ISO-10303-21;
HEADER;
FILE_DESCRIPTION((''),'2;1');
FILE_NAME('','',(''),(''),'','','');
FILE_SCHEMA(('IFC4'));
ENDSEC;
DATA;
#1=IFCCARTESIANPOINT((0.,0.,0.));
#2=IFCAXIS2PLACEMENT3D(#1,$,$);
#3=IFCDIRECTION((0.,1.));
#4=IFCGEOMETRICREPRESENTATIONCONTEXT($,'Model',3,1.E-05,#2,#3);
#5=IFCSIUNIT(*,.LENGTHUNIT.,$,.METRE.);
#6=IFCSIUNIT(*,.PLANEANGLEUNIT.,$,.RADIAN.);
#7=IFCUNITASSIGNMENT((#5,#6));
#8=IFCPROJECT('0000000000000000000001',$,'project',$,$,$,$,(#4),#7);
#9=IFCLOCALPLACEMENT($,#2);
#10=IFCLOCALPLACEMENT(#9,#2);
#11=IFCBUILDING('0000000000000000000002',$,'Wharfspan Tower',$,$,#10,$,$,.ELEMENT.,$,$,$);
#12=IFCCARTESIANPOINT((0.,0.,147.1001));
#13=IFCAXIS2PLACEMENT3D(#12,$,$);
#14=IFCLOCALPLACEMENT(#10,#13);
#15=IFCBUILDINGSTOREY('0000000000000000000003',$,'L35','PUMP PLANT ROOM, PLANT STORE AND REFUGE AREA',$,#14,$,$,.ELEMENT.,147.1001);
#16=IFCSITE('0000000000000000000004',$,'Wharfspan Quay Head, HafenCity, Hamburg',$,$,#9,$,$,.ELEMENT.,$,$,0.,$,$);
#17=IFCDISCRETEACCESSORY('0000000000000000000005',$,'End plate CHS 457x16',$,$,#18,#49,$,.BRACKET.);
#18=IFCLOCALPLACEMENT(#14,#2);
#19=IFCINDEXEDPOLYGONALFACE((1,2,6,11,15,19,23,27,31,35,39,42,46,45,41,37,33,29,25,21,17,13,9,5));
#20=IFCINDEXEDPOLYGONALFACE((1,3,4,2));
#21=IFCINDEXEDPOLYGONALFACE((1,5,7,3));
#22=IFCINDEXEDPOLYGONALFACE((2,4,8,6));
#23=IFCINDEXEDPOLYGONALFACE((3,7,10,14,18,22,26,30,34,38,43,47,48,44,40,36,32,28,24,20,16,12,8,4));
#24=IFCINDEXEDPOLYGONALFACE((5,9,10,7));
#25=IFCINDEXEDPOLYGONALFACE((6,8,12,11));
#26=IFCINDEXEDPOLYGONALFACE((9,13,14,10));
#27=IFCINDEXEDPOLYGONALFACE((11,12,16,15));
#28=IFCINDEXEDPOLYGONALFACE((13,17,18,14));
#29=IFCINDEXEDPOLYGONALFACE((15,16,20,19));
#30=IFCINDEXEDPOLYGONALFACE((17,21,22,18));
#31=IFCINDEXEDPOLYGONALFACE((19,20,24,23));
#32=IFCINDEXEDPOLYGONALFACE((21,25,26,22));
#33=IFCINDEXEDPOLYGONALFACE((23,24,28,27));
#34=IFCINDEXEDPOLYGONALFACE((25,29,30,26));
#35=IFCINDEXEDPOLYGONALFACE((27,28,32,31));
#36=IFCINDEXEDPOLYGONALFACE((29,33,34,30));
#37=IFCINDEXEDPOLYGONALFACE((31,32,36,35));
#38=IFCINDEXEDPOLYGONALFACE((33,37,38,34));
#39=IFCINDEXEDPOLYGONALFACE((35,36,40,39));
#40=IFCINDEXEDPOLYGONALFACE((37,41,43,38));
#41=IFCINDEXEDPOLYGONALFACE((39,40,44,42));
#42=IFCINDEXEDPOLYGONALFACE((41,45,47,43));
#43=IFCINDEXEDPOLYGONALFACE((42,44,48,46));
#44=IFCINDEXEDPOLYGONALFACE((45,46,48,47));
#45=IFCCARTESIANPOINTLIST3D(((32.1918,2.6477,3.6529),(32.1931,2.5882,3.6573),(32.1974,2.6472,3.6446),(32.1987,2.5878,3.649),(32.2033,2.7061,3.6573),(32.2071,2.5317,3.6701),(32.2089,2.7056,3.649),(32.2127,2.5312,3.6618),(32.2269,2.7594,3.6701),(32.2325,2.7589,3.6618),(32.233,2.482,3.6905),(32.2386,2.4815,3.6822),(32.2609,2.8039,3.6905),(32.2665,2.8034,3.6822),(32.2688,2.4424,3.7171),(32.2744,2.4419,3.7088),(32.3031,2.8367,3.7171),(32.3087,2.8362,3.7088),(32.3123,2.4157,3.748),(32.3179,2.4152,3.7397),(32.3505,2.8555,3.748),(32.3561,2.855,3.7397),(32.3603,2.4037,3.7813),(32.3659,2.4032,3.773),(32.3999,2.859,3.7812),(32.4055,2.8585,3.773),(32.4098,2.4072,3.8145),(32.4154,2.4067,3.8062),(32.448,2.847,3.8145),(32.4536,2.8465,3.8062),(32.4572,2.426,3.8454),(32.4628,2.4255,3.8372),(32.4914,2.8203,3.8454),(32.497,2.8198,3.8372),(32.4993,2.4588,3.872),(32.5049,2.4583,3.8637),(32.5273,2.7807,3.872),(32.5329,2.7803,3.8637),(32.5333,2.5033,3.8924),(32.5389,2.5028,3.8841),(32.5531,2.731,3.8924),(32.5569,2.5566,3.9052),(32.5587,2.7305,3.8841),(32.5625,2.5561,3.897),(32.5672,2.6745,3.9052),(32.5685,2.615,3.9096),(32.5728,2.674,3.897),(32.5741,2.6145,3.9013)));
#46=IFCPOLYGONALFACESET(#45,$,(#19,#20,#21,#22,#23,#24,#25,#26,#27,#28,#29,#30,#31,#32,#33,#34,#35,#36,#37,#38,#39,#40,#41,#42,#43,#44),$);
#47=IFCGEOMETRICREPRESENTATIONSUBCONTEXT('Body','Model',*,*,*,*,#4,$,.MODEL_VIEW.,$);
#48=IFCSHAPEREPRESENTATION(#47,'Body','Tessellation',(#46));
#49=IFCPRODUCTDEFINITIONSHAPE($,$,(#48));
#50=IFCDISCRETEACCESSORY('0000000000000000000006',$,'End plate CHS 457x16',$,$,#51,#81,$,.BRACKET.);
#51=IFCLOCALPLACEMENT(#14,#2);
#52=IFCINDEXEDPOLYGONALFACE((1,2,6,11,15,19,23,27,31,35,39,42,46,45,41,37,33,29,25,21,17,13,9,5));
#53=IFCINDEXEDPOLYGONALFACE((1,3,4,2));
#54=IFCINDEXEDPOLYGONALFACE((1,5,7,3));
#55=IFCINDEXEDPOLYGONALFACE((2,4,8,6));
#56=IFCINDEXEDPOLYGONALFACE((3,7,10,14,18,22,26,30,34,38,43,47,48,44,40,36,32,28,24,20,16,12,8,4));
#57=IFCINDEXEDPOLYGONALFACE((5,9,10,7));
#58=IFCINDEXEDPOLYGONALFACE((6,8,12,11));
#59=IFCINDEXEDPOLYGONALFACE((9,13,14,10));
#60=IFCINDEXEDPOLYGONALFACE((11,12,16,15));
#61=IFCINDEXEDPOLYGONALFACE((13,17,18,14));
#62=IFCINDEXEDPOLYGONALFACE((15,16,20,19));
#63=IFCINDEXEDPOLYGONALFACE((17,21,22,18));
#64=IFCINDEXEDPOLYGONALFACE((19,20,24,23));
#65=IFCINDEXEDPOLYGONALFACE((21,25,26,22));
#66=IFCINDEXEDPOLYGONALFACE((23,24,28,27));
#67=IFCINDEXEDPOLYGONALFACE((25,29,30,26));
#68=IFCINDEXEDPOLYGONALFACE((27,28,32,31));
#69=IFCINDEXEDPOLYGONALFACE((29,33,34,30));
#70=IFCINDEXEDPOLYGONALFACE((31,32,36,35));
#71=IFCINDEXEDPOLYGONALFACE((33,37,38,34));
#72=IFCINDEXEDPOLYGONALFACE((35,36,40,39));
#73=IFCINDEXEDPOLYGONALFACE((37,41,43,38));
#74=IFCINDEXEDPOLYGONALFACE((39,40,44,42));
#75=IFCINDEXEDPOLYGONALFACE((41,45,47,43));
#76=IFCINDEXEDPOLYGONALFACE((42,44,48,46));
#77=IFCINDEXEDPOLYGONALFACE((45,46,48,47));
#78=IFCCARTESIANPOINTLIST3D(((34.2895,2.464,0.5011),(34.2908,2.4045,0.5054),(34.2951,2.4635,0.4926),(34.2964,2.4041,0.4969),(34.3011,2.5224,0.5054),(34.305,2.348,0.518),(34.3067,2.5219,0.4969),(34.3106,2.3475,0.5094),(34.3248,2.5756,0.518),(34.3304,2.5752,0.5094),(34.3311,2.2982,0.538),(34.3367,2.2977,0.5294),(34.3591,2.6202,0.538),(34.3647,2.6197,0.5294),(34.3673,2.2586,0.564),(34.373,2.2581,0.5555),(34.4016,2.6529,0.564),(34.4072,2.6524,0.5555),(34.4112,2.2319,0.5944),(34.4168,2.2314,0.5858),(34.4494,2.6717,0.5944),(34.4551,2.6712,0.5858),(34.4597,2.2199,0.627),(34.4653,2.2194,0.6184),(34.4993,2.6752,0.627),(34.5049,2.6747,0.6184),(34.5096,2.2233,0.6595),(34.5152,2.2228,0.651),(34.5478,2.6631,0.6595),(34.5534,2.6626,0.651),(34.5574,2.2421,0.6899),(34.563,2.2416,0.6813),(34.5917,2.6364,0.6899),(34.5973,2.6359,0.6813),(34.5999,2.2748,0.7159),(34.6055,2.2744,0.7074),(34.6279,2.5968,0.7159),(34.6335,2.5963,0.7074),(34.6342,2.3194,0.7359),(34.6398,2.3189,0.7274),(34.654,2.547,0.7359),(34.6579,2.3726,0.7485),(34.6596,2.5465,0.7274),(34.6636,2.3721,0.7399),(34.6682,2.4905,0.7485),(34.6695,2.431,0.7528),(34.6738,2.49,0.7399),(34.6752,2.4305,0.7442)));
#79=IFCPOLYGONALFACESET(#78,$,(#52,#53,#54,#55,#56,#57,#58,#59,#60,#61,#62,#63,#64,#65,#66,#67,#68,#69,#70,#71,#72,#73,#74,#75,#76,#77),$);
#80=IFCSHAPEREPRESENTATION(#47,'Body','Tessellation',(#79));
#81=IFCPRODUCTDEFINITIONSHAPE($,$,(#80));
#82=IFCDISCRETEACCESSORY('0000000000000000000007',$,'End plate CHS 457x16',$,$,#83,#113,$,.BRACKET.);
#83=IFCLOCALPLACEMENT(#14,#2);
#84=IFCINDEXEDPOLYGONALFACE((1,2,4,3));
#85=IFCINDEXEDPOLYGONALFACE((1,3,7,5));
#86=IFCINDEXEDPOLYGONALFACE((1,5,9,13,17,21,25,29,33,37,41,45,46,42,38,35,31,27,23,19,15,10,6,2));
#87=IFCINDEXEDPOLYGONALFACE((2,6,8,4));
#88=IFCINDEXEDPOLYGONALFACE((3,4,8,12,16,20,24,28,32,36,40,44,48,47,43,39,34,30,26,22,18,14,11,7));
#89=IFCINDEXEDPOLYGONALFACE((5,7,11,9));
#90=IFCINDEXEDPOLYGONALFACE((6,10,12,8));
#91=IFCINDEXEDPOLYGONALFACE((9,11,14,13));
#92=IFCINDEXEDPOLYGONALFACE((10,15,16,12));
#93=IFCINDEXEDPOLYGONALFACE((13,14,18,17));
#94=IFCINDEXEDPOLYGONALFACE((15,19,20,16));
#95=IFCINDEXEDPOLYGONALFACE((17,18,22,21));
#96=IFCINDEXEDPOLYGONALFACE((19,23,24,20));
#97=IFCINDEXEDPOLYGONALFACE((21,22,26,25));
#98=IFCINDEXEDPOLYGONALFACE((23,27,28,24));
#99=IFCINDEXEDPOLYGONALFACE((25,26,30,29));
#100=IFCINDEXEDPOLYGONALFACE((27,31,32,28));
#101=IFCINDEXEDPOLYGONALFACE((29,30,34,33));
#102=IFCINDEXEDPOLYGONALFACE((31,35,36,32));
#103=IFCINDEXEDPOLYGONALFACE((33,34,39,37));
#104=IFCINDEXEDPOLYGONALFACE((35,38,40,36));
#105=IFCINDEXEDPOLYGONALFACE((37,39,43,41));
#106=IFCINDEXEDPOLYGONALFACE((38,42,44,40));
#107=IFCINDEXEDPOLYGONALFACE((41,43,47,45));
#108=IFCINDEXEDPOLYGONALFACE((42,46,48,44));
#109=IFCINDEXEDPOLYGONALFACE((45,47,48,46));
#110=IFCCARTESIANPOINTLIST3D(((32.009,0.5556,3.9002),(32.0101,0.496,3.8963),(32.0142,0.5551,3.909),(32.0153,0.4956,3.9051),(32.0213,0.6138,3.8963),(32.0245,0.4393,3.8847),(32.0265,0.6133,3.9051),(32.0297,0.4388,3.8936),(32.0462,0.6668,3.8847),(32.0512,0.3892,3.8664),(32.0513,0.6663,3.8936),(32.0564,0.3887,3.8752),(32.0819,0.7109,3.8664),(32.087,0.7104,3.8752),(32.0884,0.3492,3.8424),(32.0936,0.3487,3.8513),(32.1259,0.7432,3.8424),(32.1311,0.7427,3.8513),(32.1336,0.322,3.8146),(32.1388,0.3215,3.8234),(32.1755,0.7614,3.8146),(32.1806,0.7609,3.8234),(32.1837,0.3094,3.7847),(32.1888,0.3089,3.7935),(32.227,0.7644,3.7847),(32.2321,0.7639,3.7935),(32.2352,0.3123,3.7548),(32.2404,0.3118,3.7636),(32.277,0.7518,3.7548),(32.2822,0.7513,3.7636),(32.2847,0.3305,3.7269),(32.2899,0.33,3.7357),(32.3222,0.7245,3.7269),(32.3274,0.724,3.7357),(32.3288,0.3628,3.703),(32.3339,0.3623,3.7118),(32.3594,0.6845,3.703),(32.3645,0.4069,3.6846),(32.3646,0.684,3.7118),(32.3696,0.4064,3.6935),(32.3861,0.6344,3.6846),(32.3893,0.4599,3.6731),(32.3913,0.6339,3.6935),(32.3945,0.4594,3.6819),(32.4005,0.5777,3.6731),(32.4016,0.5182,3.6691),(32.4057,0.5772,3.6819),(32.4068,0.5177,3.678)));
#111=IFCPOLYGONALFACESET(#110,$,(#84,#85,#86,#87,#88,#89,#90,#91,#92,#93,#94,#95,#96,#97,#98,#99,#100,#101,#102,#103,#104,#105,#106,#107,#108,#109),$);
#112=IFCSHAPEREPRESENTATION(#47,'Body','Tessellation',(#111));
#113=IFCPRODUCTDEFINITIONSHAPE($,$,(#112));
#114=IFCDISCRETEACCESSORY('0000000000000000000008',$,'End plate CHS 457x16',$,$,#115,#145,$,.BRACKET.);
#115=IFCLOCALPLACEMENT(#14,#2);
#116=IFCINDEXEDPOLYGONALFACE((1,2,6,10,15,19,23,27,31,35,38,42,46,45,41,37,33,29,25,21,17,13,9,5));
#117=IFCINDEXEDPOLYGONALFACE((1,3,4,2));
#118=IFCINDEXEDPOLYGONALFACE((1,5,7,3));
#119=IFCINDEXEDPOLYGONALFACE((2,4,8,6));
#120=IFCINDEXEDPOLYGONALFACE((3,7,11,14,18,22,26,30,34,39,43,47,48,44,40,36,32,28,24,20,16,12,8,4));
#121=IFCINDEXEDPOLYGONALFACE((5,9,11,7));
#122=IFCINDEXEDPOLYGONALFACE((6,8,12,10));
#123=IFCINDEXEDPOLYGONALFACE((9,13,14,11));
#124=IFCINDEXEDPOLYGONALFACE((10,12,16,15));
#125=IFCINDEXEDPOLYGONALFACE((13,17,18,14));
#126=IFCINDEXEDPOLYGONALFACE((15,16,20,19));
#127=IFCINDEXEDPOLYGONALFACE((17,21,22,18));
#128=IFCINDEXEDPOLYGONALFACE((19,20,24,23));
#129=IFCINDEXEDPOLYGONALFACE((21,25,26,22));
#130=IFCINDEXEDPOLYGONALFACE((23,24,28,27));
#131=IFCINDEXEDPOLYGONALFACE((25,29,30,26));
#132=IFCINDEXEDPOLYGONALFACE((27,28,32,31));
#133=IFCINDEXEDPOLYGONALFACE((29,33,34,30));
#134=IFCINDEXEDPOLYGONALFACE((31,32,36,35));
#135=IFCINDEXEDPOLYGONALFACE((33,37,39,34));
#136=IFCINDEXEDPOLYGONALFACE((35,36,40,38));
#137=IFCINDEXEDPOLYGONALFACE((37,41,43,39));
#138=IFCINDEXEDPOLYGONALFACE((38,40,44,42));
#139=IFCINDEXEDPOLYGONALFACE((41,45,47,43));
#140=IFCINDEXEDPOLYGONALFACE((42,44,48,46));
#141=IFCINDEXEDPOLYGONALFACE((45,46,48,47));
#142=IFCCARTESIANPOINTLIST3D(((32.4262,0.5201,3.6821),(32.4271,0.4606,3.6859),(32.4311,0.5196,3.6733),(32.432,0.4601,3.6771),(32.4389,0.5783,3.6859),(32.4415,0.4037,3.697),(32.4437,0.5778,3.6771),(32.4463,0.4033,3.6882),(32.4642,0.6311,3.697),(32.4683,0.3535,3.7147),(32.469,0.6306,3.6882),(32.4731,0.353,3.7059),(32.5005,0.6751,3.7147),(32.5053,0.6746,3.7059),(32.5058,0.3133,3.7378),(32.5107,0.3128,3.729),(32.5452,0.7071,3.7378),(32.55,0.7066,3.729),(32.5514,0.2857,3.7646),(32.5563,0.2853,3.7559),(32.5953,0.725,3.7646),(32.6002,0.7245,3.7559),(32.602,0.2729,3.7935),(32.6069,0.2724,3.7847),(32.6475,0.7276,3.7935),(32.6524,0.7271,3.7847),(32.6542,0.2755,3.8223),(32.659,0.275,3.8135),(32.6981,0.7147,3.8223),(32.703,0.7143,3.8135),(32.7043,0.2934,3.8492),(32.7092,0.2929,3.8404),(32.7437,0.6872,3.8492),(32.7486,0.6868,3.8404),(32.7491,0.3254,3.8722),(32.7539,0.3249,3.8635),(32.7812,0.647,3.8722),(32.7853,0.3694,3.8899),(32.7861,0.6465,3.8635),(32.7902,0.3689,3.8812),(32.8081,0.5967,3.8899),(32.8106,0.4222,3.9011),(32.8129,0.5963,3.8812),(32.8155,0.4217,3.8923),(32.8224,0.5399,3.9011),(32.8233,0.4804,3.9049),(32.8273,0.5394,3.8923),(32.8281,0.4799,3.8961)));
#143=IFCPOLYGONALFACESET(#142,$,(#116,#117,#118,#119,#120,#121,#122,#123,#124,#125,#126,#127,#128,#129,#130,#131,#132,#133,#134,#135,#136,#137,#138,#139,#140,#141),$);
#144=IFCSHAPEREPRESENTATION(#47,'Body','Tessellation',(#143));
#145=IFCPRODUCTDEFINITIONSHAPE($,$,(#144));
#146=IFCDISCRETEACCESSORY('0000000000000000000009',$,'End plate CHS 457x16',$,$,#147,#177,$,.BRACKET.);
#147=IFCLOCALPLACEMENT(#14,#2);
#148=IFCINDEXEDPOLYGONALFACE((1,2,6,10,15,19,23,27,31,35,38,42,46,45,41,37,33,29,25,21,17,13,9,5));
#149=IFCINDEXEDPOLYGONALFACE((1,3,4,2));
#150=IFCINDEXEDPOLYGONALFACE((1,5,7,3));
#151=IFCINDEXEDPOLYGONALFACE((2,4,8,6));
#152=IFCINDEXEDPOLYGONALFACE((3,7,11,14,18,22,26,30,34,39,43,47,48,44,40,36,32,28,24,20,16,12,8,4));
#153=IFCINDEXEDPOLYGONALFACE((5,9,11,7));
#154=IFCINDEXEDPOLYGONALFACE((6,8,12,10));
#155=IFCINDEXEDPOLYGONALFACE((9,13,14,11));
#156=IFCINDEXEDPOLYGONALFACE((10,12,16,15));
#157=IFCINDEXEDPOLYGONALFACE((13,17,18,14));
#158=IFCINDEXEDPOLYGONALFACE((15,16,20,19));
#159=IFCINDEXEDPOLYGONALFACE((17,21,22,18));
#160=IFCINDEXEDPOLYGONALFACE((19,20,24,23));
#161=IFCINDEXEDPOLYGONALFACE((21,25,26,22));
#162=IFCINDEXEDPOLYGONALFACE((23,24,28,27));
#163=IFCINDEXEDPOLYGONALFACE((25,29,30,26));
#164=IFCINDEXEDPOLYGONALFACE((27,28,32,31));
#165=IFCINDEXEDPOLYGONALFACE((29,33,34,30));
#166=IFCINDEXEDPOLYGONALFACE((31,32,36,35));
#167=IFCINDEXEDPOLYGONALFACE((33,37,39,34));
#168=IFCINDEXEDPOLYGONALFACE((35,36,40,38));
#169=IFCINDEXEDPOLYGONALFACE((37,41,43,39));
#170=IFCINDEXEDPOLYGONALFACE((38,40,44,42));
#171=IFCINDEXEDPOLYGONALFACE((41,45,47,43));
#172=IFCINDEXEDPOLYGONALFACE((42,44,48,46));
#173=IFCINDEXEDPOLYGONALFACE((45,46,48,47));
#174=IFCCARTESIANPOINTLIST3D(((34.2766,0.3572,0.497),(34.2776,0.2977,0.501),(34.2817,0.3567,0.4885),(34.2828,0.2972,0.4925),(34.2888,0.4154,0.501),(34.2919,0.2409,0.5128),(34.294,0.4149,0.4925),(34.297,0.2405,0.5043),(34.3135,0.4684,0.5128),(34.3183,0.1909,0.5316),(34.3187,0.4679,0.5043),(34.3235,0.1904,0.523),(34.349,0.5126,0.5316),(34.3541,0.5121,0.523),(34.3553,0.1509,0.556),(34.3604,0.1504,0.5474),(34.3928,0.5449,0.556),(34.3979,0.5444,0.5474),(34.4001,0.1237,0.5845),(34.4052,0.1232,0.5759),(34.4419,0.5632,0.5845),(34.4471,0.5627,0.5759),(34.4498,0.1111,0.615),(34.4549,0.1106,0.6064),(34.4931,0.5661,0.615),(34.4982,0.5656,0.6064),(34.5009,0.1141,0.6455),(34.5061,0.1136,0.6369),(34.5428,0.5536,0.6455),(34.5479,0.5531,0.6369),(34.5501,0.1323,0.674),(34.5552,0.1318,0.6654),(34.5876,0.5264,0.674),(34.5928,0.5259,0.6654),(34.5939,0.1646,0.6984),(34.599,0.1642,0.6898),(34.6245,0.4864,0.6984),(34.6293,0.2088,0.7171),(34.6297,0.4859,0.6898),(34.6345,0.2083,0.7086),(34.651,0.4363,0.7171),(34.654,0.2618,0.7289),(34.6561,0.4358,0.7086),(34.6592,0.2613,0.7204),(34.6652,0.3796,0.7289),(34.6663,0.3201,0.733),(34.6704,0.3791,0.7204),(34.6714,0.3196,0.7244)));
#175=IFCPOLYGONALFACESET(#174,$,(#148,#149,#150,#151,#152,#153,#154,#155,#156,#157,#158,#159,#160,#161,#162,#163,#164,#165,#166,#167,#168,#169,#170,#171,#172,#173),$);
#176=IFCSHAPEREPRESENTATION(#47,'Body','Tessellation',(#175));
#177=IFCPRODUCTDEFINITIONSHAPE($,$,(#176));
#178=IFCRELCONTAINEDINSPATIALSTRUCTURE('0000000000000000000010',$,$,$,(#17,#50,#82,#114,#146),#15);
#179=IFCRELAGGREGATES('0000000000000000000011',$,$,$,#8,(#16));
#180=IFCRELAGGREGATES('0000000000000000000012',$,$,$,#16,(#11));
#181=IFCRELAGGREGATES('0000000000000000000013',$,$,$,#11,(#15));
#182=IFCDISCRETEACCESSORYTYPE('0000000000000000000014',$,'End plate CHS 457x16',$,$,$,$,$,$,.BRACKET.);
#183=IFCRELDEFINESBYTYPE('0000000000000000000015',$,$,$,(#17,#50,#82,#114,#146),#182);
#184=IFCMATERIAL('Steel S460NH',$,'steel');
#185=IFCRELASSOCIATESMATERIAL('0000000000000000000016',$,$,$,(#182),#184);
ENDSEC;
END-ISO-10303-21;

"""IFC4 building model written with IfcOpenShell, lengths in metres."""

from ifc_helpers import new_model, si_unit, direction, frame, origin, origin_2d, place, context, subcontext, project, spatial, circle, extrude, material, material_profile, profile_set, type_object, element, save


model = new_model("IFC4")

# Units and contexts
model_context = context("Model", 3, precision=1e-05, world=origin(), true_north=direction((0.0, 1.0)))
body_context = subcontext(model_context, "Body", "Model", "MODEL_VIEW")
ifc_project = project(units=[si_unit("LENGTHUNIT", "METRE"), si_unit("PLANEANGLEUNIT", "RADIAN")], contexts=[model_context])

# Site, building, storey
site_placement = place(None, origin())
site = spatial("IfcSite", under=ifc_project, at=site_placement, Name="Wharfspan Quay Head, HafenCity, Hamburg", CompositionType="ELEMENT", RefElevation=0.0)
building_placement = place(site_placement, origin())
building = spatial("IfcBuilding", under=site, at=building_placement, Name="Wharfspan Tower", CompositionType="ELEMENT")
storey_placement = place(building_placement, frame((0.0, 0.0, 147.1001)))
storey = spatial("IfcBuildingStorey", under=building, at=storey_placement, Name="L35", Description="PUMP PLANT ROOM, PLANT STORE AND REFUGE AREA", CompositionType="ELEMENT", Elevation=147.1001)

# Shared definitions
ifc_material_1 = material(Name="Steel S460NH", Category="steel")

# Discrete accessories
ifc_material_profile_1 = material_profile(ifc_material_1, circle(Radius=0.2285, at=origin_2d()))
ifc_profile_set_1 = profile_set([ifc_material_profile_1], Name="Steel S460NH")
discrete_accessory_type_1 = type_object("IfcDiscreteAccessoryType", Name="End plate CHS 457x16", PredefinedType="BRACKET", material=ifc_profile_set_1)
for number, where, z_axis, x_axis, name in (
    (1, (32.3801, 2.6313, 3.7812), (0.559645, -0.048665, -0.827302), (0.086627, 0.99624, -0.000002), "End plate CHS 457x16"),
):
    element("IfcDiscreteAccessory", number, at=place(storey_placement, frame(where, z_axis=z_axis, x_axis=x_axis)), inside=storey, type_object=discrete_accessory_type_1, Name=name, PredefinedType="BRACKET", context=body_context, shape_type="SweptSolid", body=[
        extrude(circle(Radius=0.2285, at=origin_2d()), origin(), (0.0, 0.0, 1.0), 0.01),
    ])
for number, where, z_axis, x_axis, name in (
    (2, (34.4795, 2.4475, 0.627), (0.548553, -0.0477, -0.834754), (0.086629, 0.996239, 0.0), "End plate CHS 457x16"),
    (3, (32.2053, 0.5369, 3.7847), (0.503292, -0.047933, 0.862786), (0.09481, 0.995496, 0.0), "End plate CHS 457x16"),
):
    element("IfcDiscreteAccessory", number, at=place(storey_placement, frame(where, z_axis=z_axis, x_axis=x_axis)), inside=storey, type_object=discrete_accessory_type_1, Name=name, PredefinedType="BRACKET", context=body_context, shape_type="SweptSolid", body=[
        extrude(circle(Radius=0.2285, at=origin_2d()), origin(), (0.0, 0.0, 1.0), 0.0103),
    ])
for number, where, z_axis, x_axis, name in (
    (4, (32.6248, 0.5002, 3.7935), (0.485071, -0.048507, -0.873128), (0.099505, 0.995034, 0.000001), "End plate CHS 457x16"),
    (5, (34.4714, 0.3386, 0.615), (0.513879, -0.048941, -0.856465), (0.094811, 0.995495, 0.000001), "End plate CHS 457x16"),
):
    element("IfcDiscreteAccessory", number, at=place(storey_placement, frame(where, z_axis=z_axis, x_axis=x_axis)), inside=storey, type_object=discrete_accessory_type_1, Name=name, PredefinedType="BRACKET", context=body_context, shape_type="SweptSolid", body=[
        extrude(circle(Radius=0.2285, at=origin_2d()), origin(), (0.0, 0.0, 1.0), 0.01),
    ])

save(model, "model.ifc")
